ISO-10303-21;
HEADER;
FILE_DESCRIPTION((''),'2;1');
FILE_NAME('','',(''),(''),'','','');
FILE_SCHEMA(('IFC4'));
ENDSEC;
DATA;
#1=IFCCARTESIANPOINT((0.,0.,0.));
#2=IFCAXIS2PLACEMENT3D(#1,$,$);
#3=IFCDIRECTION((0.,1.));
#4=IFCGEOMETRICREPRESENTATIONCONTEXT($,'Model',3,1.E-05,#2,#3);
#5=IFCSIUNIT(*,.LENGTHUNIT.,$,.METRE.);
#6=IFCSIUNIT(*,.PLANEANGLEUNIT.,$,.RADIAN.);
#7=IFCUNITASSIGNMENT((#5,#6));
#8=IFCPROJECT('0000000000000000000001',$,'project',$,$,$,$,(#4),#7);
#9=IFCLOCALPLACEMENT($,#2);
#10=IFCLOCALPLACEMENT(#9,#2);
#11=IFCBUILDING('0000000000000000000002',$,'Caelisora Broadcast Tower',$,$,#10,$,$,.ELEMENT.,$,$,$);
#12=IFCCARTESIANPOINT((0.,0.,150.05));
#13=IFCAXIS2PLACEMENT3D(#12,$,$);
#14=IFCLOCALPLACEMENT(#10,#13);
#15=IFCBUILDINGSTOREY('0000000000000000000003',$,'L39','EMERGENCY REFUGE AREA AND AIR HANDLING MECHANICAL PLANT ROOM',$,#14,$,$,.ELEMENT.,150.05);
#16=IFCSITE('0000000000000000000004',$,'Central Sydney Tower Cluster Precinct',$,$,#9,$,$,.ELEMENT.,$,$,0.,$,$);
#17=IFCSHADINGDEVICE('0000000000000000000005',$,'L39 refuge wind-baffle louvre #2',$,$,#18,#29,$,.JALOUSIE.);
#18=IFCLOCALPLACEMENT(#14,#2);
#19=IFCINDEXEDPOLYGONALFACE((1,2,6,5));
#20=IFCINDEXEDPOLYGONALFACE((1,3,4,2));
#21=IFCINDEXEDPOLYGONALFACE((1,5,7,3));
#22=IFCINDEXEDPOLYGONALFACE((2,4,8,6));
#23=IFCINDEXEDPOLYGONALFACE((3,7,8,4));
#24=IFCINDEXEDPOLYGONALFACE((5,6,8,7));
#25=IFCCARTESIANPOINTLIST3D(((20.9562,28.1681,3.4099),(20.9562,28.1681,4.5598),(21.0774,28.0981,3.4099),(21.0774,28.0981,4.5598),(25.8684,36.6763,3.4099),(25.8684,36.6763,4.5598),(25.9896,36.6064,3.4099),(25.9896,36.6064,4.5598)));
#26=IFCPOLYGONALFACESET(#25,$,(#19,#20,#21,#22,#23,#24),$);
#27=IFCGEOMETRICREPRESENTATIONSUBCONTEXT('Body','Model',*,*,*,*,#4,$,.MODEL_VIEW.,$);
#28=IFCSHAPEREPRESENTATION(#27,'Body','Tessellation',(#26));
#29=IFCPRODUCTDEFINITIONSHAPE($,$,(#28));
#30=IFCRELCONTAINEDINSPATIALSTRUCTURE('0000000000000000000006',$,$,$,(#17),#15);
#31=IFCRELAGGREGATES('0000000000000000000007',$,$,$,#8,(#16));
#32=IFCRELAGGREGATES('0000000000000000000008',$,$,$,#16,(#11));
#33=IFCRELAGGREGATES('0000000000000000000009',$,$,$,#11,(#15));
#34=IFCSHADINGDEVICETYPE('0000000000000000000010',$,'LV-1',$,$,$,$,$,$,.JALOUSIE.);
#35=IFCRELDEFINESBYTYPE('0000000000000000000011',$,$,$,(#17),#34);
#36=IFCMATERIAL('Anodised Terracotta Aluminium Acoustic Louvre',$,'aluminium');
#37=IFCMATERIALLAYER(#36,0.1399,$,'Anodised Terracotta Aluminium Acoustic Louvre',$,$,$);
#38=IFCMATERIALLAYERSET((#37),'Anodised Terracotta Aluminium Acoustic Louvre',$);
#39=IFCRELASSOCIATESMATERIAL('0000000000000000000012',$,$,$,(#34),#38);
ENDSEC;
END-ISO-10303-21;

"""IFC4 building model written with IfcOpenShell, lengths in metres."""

from ifc_helpers import new_model, si_unit, direction, frame, origin, origin_2d, place, context, subcontext, project, spatial, rectangle, extrude, source, transform, mapped, material, layer, layer_set, type_object, element, save


model = new_model("IFC4")

# Units and contexts
model_context = context("Model", 3, precision=1e-05, world=origin(), true_north=direction((0.0, 1.0)))
body_context = subcontext(model_context, "Body", "Model", "MODEL_VIEW")
ifc_project = project(units=[si_unit("LENGTHUNIT", "METRE"), si_unit("PLANEANGLEUNIT", "RADIAN")], contexts=[model_context])

# Site, building, storey
site_placement = place(None, origin())
site = spatial("IfcSite", under=ifc_project, at=site_placement, Name="Central Sydney Tower Cluster Precinct", CompositionType="ELEMENT", RefElevation=0.0)
building_placement = place(site_placement, origin())
building = spatial("IfcBuilding", under=site, at=building_placement, Name="Caelisora Broadcast Tower", CompositionType="ELEMENT")
storey_placement = place(building_placement, frame((0.0, 0.0, 150.05)))
storey = spatial("IfcBuildingStorey", under=building, at=storey_placement, Name="L39", Description="EMERGENCY REFUGE AREA AND AIR HANDLING MECHANICAL PLANT ROOM", CompositionType="ELEMENT", Elevation=150.05)

# Shading device
ifc_material_1 = material(Name="Anodised Terracotta Aluminium Acoustic Louvre", Category="aluminium")
ifc_layer_1 = layer(ifc_material_1, 0.1399, Name="Anodised Terracotta Aluminium Acoustic Louvre")
ifc_layer_set_1 = layer_set([ifc_layer_1], Name="Anodised Terracotta Aluminium Acoustic Louvre")
shading_device_type = type_object("IfcShadingDeviceType", Name="LV-1", PredefinedType="JALOUSIE", material=ifc_layer_set_1)
shared_shape_1 = source(origin(), body_context, "Body", "SweptSolid", [
    extrude(rectangle(XDim=9.8245, YDim=0.1399, at=origin_2d()), origin(), (0.0, 0.0, 1.0), 1.1499),
])
shading_device_1_placement = place(storey_placement, frame((23.4729, 32.3872, 3.4099), z_axis=(0.0, 0.0, 1.0), x_axis=(-0.5, -0.866025, 0.0)))
element("IfcShadingDevice", 1, at=shading_device_1_placement, inside=storey, type_object=shading_device_type, Name="L39 refuge wind-baffle louvre #2", PredefinedType="JALOUSIE", context=body_context, shape_type="MappedRepresentation", body=[
    mapped(shared_shape_1, transform((0.0, 0.0, 0.0), scale=1.0)),
])

save(model, "model.ifc")
